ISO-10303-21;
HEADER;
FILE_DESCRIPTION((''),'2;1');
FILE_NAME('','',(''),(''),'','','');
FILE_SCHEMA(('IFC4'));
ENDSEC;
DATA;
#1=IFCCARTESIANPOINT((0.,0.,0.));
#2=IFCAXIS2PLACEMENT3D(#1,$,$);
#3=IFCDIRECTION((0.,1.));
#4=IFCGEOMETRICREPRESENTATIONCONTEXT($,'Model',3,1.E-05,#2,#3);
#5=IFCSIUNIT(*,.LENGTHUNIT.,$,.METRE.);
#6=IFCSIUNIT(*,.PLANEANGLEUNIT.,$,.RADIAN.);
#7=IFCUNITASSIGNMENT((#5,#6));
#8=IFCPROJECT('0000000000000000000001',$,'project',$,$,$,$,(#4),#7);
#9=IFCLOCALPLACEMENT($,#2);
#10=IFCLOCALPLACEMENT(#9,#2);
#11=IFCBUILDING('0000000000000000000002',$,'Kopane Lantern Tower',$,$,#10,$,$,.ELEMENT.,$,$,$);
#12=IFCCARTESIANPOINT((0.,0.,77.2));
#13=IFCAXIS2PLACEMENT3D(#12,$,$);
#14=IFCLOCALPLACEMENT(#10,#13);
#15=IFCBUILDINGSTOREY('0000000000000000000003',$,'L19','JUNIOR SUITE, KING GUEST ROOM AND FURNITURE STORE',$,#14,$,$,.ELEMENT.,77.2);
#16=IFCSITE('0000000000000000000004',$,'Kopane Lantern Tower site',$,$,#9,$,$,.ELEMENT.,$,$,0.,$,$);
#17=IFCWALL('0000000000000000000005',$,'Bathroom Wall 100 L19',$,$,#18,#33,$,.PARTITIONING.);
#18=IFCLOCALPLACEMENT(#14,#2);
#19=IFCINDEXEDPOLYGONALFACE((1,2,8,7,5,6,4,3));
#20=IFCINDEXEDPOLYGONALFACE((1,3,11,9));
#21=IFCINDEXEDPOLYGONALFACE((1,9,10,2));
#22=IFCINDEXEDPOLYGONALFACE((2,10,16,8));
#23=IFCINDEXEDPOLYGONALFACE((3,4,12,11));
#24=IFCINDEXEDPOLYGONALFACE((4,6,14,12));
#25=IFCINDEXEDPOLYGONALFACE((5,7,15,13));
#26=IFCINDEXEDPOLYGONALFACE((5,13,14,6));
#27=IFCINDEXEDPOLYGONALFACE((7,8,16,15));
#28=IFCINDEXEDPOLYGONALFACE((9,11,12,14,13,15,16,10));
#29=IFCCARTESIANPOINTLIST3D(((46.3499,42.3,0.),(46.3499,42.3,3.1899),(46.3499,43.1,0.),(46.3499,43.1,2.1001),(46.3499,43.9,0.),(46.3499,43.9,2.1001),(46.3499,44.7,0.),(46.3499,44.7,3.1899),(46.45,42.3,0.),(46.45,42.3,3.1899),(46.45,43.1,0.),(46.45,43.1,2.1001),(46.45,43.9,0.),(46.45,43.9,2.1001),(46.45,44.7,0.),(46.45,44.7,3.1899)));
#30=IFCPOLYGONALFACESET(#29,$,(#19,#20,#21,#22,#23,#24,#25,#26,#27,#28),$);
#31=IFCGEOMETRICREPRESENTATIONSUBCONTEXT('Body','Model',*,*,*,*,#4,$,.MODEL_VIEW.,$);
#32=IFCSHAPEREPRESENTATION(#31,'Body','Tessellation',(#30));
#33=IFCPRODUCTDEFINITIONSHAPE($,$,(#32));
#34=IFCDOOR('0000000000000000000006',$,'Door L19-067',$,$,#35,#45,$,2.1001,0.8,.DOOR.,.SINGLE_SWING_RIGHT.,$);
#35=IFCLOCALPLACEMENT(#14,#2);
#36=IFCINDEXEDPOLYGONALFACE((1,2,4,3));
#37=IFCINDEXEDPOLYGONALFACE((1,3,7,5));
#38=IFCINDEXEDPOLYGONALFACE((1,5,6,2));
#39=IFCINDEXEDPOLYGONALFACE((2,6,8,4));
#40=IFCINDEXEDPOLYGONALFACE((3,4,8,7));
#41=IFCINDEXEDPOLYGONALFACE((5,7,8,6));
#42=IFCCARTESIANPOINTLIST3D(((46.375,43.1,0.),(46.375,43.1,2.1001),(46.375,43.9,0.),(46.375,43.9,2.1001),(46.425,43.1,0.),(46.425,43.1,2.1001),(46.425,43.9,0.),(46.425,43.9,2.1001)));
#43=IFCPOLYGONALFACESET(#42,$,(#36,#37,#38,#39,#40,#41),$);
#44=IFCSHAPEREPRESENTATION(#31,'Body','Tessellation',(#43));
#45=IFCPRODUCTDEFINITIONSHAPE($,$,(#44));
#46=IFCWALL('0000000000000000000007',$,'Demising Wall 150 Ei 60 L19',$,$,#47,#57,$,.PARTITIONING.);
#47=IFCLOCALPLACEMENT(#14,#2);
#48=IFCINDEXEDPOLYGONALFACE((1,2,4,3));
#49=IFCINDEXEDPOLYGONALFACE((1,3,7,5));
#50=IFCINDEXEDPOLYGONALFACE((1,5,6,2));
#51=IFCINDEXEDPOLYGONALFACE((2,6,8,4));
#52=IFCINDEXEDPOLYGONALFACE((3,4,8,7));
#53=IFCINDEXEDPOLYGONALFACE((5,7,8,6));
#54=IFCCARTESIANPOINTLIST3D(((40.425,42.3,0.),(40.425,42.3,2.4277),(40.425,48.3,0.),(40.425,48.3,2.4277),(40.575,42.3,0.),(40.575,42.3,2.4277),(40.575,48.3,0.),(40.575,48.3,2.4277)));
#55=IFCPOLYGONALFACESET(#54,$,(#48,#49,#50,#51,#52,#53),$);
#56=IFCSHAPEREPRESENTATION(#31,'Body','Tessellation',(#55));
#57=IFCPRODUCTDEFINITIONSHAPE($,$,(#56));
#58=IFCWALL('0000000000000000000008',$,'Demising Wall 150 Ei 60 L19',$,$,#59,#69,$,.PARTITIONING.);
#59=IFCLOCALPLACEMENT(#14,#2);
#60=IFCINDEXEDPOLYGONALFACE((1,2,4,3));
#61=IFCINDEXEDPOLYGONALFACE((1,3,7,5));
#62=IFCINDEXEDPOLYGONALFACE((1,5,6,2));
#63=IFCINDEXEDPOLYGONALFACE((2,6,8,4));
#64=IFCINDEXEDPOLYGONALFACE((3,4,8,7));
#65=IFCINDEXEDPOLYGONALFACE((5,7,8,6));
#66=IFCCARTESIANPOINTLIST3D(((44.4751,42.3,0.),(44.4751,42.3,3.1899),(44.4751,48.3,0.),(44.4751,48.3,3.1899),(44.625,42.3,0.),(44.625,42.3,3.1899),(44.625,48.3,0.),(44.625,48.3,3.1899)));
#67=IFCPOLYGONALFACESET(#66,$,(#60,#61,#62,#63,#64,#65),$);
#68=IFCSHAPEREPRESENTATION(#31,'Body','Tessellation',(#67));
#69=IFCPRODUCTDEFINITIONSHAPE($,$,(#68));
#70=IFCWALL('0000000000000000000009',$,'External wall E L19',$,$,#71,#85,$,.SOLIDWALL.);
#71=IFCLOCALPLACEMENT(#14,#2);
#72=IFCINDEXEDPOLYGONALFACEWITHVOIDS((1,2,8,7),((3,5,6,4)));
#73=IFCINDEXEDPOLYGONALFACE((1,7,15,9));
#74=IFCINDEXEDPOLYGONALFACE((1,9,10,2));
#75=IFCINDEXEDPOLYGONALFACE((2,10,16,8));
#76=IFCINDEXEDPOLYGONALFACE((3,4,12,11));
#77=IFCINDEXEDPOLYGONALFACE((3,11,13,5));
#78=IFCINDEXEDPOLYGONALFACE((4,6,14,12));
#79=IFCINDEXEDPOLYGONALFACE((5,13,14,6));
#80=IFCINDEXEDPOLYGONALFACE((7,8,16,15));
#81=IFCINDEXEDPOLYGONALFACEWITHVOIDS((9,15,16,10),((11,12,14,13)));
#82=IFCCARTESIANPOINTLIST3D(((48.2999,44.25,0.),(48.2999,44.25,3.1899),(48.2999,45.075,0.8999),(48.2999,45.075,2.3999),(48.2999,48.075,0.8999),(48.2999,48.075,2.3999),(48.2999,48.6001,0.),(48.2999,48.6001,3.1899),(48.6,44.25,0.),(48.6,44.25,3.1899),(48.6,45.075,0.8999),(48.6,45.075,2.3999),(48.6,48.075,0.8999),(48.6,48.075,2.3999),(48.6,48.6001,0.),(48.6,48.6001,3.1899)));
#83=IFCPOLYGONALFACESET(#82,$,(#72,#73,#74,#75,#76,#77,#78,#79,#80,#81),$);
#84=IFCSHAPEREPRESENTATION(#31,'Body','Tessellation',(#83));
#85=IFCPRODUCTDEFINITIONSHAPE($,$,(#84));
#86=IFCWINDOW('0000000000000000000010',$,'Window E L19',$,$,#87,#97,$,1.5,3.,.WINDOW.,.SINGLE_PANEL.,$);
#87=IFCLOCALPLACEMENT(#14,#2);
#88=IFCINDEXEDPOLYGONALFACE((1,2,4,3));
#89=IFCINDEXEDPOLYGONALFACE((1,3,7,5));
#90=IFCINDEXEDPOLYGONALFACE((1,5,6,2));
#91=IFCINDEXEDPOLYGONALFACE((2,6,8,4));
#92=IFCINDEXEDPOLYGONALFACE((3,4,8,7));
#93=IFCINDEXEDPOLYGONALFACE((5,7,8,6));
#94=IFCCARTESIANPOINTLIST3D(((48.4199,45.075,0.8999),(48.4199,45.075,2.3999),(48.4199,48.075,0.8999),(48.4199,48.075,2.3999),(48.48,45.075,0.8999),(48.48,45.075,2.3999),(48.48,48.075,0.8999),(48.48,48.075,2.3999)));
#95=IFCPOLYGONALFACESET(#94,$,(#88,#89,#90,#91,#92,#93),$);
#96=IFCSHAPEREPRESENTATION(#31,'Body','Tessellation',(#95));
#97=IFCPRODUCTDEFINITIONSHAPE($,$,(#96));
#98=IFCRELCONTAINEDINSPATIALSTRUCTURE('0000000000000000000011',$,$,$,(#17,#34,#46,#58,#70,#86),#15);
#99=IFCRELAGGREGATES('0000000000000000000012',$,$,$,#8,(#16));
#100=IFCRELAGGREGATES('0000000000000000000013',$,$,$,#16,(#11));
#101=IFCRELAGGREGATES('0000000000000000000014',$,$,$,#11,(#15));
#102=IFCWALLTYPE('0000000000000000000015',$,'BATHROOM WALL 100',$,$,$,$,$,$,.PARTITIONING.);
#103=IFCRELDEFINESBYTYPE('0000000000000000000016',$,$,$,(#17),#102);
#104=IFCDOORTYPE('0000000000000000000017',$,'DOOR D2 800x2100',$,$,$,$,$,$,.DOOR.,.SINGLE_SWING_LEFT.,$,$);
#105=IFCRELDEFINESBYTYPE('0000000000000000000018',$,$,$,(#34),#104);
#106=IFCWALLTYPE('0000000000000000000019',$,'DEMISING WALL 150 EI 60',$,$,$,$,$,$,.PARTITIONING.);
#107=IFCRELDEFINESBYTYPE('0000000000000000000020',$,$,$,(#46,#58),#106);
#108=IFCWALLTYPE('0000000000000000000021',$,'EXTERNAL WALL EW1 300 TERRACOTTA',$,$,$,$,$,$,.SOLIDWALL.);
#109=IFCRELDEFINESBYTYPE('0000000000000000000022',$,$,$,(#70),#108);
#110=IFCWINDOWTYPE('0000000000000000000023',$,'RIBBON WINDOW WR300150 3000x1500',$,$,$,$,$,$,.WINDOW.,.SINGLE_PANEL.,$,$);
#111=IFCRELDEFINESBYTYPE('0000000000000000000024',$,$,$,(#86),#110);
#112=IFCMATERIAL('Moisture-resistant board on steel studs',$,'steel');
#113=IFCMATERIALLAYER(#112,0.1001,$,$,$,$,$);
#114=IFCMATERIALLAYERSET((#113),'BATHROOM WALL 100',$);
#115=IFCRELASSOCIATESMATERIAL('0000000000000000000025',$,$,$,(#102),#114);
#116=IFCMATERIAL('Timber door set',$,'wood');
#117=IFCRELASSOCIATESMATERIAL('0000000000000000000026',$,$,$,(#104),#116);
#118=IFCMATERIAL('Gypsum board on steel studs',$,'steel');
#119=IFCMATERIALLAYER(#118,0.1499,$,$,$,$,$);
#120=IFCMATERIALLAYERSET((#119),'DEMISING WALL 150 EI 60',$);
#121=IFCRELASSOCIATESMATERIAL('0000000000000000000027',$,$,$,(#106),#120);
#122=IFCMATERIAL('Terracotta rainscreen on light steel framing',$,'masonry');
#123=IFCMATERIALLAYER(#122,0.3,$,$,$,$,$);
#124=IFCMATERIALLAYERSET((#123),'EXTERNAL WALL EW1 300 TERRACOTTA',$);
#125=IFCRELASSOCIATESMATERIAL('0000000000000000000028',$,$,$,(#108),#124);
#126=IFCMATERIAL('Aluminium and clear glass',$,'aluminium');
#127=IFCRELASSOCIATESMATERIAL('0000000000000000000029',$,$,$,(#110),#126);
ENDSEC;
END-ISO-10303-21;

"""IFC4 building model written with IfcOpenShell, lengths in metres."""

from ifc_helpers import new_model, si_unit, direction, frame, frame_2d, origin, place, context, subcontext, project, spatial, rectangle, extrude, material, layer, layer_set, type_object, element, fill, save


model = new_model("IFC4")

# Units and contexts
model_context = context("Model", 3, precision=1e-05, world=origin(), true_north=direction((0.0, 1.0)))
body_context = subcontext(model_context, "Body", "Model", "MODEL_VIEW")
ifc_project = project(units=[si_unit("LENGTHUNIT", "METRE"), si_unit("PLANEANGLEUNIT", "RADIAN")], contexts=[model_context])

# Site, building, storey
site_placement = place(None, origin())
site = spatial("IfcSite", under=ifc_project, at=site_placement, Name="Kopane Lantern Tower site", CompositionType="ELEMENT", RefElevation=0.0)
building_placement = place(site_placement, origin())
building = spatial("IfcBuilding", under=site, at=building_placement, Name="Kopane Lantern Tower", CompositionType="ELEMENT")
storey_placement = place(building_placement, frame((0.0, 0.0, 77.2)))
storey = spatial("IfcBuildingStorey", under=building, at=storey_placement, Name="L19", Description="JUNIOR SUITE, KING GUEST ROOM AND FURNITURE STORE", CompositionType="ELEMENT", Elevation=77.2)

# Shared definitions
ifc_material_1 = material(Name="Moisture-resistant board on steel studs", Category="steel")
ifc_layer_1 = layer(ifc_material_1, 0.1001)
ifc_layer_set_1 = layer_set([ifc_layer_1], Name="BATHROOM WALL 100")
wall_type_1 = type_object("IfcWallType", Name="BATHROOM WALL 100", PredefinedType="PARTITIONING", material=ifc_layer_set_1)

# Wall, opening, door
ifc_material_2 = material(Name="Timber door set", Category="wood")
door_type_1 = type_object("IfcDoorType", Name="DOOR D2 800x2100", OperationType="SINGLE_SWING_LEFT", PredefinedType="DOOR", material=ifc_material_2)
wall_1_placement = place(storey_placement, frame((46.3999, 42.3, 0.0), z_axis=(0.0, 0.0, 1.0), x_axis=(0.0, 1.0, 0.0)))
wall_1 = element("IfcWall", 1, at=wall_1_placement, inside=storey, type_object=wall_type_1, Name="Bathroom Wall 100 L19", PredefinedType="PARTITIONING", context=body_context, shape_type="SweptSolid", body=[
    extrude(rectangle(XDim=2.3999, YDim=0.1001, at=frame_2d((1.2, 0.0))), origin(), (0.0, 0.0, 1.0), 3.1899),
])
opening_1_placement = place(wall_1_placement, frame((0.8, 0.0, 0.0)))
opening_1 = element("IfcOpeningElement", 2, at=opening_1_placement, cuts=wall_1, PredefinedType="OPENING", context=body_context, shape_type="SweptSolid", body=[
    extrude(rectangle(XDim=0.8, YDim=2.1001, at=frame_2d((0.3999, 1.05))), frame((0.0, 0.0601, 0.0), z_axis=(0.0, -1.0, 0.0), x_axis=(1.0, 0.0, 0.0)), (0.0, 0.0, 1.0), 0.1201),
])
door_1_placement = place(opening_1_placement, origin())
door_1 = element("IfcDoor", 3, at=door_1_placement, inside=storey, type_object=door_type_1, Name="Door L19-067", OperationType="SINGLE_SWING_RIGHT", OverallHeight=2.1001, OverallWidth=0.8, PredefinedType="DOOR", context=body_context, shape_type="SweptSolid", body=[
    extrude(rectangle(XDim=0.8, YDim=2.1001, at=frame_2d((0.3999, 1.05))), frame((0.0, 0.0249, 0.0), z_axis=(0.0, -1.0, 0.0), x_axis=(1.0, 0.0, 0.0)), (0.0, 0.0, 1.0), 0.05),
])
fill(opening_1, door_1)

# Walls
ifc_material_3 = material(Name="Gypsum board on steel studs", Category="steel")
ifc_layer_2 = layer(ifc_material_3, 0.1499)
ifc_layer_set_2 = layer_set([ifc_layer_2], Name="DEMISING WALL 150 EI 60")
wall_type_2 = type_object("IfcWallType", Name="DEMISING WALL 150 EI 60", PredefinedType="PARTITIONING", material=ifc_layer_set_2)
wall_2_placement = place(storey_placement, frame((40.5, 42.3, 0.0), z_axis=(0.0, 0.0, 1.0), x_axis=(0.0, 1.0, 0.0)))
element("IfcWall", 4, at=wall_2_placement, inside=storey, type_object=wall_type_2, Name="Demising Wall 150 Ei 60 L19", PredefinedType="PARTITIONING", context=body_context, shape_type="SweptSolid", body=[
    extrude(rectangle(XDim=6.0, YDim=0.1499, at=frame_2d((3.0, 0.0))), origin(), (0.0, 0.0, 1.0), 2.4277),
])
wall_3_placement = place(storey_placement, frame((44.55, 42.3, 0.0), z_axis=(0.0, 0.0, 1.0), x_axis=(0.0, 1.0, 0.0)))
element("IfcWall", 5, at=wall_3_placement, inside=storey, type_object=wall_type_2, Name="Demising Wall 150 Ei 60 L19", PredefinedType="PARTITIONING", context=body_context, shape_type="SweptSolid", body=[
    extrude(rectangle(XDim=6.0, YDim=0.1499, at=frame_2d((3.0, 0.0))), origin(), (0.0, 0.0, 1.0), 3.1899),
])

# Wall, opening, window
ifc_material_4 = material(Name="Terracotta rainscreen on light steel framing", Category="masonry")
ifc_layer_3 = layer(ifc_material_4, 0.3)
ifc_layer_set_3 = layer_set([ifc_layer_3], Name="EXTERNAL WALL EW1 300 TERRACOTTA")
wall_type_3 = type_object("IfcWallType", Name="EXTERNAL WALL EW1 300 TERRACOTTA", PredefinedType="SOLIDWALL", material=ifc_layer_set_3)
wall_4_placement = place(storey_placement, frame((48.45, 44.25, 0.0), z_axis=(0.0, 0.0, 1.0), x_axis=(0.0, 1.0, 0.0)))
wall_4 = element("IfcWall", 6, at=wall_4_placement, inside=storey, type_object=wall_type_3, Name="External wall E L19", PredefinedType="SOLIDWALL", context=body_context, shape_type="SweptSolid", body=[
    extrude(rectangle(XDim=4.3501, YDim=0.3, at=frame_2d((2.175, 0.0))), origin(), (0.0, 0.0, 1.0), 3.1899),
])
opening_2_placement = place(wall_4_placement, frame((0.825, 0.0, 0.8999)))
opening_2 = element("IfcOpeningElement", 7, at=opening_2_placement, cuts=wall_4, PredefinedType="OPENING", context=body_context, shape_type="SweptSolid", body=[
    extrude(rectangle(XDim=3.0, YDim=1.5, at=frame_2d((1.5, 0.75))), frame((0.0, 0.1599, 0.0), z_axis=(0.0, -1.0, 0.0), x_axis=(1.0, 0.0, 0.0)), (0.0, 0.0, 1.0), 0.3201),
])
ifc_material_5 = material(Name="Aluminium and clear glass", Category="aluminium")
window_type = type_object("IfcWindowType", Name="RIBBON WINDOW WR300150 3000x1500", PartitioningType="SINGLE_PANEL", PredefinedType="WINDOW", material=ifc_material_5)
window_1_placement = place(opening_2_placement, origin())
window_1 = element("IfcWindow", 8, at=window_1_placement, inside=storey, type_object=window_type, Name="Window E L19", OverallHeight=1.5, OverallWidth=3.0, PartitioningType="SINGLE_PANEL", PredefinedType="WINDOW", context=body_context, shape_type="SweptSolid", body=[
    extrude(rectangle(XDim=3.0, YDim=1.5, at=frame_2d((1.5, 0.75))), frame((0.0, 0.03, 0.0), z_axis=(0.0, -1.0, 0.0), x_axis=(1.0, 0.0, 0.0)), (0.0, 0.0, 1.0), 0.0601),
])
fill(opening_2, window_1)

save(model, "model.ifc")
